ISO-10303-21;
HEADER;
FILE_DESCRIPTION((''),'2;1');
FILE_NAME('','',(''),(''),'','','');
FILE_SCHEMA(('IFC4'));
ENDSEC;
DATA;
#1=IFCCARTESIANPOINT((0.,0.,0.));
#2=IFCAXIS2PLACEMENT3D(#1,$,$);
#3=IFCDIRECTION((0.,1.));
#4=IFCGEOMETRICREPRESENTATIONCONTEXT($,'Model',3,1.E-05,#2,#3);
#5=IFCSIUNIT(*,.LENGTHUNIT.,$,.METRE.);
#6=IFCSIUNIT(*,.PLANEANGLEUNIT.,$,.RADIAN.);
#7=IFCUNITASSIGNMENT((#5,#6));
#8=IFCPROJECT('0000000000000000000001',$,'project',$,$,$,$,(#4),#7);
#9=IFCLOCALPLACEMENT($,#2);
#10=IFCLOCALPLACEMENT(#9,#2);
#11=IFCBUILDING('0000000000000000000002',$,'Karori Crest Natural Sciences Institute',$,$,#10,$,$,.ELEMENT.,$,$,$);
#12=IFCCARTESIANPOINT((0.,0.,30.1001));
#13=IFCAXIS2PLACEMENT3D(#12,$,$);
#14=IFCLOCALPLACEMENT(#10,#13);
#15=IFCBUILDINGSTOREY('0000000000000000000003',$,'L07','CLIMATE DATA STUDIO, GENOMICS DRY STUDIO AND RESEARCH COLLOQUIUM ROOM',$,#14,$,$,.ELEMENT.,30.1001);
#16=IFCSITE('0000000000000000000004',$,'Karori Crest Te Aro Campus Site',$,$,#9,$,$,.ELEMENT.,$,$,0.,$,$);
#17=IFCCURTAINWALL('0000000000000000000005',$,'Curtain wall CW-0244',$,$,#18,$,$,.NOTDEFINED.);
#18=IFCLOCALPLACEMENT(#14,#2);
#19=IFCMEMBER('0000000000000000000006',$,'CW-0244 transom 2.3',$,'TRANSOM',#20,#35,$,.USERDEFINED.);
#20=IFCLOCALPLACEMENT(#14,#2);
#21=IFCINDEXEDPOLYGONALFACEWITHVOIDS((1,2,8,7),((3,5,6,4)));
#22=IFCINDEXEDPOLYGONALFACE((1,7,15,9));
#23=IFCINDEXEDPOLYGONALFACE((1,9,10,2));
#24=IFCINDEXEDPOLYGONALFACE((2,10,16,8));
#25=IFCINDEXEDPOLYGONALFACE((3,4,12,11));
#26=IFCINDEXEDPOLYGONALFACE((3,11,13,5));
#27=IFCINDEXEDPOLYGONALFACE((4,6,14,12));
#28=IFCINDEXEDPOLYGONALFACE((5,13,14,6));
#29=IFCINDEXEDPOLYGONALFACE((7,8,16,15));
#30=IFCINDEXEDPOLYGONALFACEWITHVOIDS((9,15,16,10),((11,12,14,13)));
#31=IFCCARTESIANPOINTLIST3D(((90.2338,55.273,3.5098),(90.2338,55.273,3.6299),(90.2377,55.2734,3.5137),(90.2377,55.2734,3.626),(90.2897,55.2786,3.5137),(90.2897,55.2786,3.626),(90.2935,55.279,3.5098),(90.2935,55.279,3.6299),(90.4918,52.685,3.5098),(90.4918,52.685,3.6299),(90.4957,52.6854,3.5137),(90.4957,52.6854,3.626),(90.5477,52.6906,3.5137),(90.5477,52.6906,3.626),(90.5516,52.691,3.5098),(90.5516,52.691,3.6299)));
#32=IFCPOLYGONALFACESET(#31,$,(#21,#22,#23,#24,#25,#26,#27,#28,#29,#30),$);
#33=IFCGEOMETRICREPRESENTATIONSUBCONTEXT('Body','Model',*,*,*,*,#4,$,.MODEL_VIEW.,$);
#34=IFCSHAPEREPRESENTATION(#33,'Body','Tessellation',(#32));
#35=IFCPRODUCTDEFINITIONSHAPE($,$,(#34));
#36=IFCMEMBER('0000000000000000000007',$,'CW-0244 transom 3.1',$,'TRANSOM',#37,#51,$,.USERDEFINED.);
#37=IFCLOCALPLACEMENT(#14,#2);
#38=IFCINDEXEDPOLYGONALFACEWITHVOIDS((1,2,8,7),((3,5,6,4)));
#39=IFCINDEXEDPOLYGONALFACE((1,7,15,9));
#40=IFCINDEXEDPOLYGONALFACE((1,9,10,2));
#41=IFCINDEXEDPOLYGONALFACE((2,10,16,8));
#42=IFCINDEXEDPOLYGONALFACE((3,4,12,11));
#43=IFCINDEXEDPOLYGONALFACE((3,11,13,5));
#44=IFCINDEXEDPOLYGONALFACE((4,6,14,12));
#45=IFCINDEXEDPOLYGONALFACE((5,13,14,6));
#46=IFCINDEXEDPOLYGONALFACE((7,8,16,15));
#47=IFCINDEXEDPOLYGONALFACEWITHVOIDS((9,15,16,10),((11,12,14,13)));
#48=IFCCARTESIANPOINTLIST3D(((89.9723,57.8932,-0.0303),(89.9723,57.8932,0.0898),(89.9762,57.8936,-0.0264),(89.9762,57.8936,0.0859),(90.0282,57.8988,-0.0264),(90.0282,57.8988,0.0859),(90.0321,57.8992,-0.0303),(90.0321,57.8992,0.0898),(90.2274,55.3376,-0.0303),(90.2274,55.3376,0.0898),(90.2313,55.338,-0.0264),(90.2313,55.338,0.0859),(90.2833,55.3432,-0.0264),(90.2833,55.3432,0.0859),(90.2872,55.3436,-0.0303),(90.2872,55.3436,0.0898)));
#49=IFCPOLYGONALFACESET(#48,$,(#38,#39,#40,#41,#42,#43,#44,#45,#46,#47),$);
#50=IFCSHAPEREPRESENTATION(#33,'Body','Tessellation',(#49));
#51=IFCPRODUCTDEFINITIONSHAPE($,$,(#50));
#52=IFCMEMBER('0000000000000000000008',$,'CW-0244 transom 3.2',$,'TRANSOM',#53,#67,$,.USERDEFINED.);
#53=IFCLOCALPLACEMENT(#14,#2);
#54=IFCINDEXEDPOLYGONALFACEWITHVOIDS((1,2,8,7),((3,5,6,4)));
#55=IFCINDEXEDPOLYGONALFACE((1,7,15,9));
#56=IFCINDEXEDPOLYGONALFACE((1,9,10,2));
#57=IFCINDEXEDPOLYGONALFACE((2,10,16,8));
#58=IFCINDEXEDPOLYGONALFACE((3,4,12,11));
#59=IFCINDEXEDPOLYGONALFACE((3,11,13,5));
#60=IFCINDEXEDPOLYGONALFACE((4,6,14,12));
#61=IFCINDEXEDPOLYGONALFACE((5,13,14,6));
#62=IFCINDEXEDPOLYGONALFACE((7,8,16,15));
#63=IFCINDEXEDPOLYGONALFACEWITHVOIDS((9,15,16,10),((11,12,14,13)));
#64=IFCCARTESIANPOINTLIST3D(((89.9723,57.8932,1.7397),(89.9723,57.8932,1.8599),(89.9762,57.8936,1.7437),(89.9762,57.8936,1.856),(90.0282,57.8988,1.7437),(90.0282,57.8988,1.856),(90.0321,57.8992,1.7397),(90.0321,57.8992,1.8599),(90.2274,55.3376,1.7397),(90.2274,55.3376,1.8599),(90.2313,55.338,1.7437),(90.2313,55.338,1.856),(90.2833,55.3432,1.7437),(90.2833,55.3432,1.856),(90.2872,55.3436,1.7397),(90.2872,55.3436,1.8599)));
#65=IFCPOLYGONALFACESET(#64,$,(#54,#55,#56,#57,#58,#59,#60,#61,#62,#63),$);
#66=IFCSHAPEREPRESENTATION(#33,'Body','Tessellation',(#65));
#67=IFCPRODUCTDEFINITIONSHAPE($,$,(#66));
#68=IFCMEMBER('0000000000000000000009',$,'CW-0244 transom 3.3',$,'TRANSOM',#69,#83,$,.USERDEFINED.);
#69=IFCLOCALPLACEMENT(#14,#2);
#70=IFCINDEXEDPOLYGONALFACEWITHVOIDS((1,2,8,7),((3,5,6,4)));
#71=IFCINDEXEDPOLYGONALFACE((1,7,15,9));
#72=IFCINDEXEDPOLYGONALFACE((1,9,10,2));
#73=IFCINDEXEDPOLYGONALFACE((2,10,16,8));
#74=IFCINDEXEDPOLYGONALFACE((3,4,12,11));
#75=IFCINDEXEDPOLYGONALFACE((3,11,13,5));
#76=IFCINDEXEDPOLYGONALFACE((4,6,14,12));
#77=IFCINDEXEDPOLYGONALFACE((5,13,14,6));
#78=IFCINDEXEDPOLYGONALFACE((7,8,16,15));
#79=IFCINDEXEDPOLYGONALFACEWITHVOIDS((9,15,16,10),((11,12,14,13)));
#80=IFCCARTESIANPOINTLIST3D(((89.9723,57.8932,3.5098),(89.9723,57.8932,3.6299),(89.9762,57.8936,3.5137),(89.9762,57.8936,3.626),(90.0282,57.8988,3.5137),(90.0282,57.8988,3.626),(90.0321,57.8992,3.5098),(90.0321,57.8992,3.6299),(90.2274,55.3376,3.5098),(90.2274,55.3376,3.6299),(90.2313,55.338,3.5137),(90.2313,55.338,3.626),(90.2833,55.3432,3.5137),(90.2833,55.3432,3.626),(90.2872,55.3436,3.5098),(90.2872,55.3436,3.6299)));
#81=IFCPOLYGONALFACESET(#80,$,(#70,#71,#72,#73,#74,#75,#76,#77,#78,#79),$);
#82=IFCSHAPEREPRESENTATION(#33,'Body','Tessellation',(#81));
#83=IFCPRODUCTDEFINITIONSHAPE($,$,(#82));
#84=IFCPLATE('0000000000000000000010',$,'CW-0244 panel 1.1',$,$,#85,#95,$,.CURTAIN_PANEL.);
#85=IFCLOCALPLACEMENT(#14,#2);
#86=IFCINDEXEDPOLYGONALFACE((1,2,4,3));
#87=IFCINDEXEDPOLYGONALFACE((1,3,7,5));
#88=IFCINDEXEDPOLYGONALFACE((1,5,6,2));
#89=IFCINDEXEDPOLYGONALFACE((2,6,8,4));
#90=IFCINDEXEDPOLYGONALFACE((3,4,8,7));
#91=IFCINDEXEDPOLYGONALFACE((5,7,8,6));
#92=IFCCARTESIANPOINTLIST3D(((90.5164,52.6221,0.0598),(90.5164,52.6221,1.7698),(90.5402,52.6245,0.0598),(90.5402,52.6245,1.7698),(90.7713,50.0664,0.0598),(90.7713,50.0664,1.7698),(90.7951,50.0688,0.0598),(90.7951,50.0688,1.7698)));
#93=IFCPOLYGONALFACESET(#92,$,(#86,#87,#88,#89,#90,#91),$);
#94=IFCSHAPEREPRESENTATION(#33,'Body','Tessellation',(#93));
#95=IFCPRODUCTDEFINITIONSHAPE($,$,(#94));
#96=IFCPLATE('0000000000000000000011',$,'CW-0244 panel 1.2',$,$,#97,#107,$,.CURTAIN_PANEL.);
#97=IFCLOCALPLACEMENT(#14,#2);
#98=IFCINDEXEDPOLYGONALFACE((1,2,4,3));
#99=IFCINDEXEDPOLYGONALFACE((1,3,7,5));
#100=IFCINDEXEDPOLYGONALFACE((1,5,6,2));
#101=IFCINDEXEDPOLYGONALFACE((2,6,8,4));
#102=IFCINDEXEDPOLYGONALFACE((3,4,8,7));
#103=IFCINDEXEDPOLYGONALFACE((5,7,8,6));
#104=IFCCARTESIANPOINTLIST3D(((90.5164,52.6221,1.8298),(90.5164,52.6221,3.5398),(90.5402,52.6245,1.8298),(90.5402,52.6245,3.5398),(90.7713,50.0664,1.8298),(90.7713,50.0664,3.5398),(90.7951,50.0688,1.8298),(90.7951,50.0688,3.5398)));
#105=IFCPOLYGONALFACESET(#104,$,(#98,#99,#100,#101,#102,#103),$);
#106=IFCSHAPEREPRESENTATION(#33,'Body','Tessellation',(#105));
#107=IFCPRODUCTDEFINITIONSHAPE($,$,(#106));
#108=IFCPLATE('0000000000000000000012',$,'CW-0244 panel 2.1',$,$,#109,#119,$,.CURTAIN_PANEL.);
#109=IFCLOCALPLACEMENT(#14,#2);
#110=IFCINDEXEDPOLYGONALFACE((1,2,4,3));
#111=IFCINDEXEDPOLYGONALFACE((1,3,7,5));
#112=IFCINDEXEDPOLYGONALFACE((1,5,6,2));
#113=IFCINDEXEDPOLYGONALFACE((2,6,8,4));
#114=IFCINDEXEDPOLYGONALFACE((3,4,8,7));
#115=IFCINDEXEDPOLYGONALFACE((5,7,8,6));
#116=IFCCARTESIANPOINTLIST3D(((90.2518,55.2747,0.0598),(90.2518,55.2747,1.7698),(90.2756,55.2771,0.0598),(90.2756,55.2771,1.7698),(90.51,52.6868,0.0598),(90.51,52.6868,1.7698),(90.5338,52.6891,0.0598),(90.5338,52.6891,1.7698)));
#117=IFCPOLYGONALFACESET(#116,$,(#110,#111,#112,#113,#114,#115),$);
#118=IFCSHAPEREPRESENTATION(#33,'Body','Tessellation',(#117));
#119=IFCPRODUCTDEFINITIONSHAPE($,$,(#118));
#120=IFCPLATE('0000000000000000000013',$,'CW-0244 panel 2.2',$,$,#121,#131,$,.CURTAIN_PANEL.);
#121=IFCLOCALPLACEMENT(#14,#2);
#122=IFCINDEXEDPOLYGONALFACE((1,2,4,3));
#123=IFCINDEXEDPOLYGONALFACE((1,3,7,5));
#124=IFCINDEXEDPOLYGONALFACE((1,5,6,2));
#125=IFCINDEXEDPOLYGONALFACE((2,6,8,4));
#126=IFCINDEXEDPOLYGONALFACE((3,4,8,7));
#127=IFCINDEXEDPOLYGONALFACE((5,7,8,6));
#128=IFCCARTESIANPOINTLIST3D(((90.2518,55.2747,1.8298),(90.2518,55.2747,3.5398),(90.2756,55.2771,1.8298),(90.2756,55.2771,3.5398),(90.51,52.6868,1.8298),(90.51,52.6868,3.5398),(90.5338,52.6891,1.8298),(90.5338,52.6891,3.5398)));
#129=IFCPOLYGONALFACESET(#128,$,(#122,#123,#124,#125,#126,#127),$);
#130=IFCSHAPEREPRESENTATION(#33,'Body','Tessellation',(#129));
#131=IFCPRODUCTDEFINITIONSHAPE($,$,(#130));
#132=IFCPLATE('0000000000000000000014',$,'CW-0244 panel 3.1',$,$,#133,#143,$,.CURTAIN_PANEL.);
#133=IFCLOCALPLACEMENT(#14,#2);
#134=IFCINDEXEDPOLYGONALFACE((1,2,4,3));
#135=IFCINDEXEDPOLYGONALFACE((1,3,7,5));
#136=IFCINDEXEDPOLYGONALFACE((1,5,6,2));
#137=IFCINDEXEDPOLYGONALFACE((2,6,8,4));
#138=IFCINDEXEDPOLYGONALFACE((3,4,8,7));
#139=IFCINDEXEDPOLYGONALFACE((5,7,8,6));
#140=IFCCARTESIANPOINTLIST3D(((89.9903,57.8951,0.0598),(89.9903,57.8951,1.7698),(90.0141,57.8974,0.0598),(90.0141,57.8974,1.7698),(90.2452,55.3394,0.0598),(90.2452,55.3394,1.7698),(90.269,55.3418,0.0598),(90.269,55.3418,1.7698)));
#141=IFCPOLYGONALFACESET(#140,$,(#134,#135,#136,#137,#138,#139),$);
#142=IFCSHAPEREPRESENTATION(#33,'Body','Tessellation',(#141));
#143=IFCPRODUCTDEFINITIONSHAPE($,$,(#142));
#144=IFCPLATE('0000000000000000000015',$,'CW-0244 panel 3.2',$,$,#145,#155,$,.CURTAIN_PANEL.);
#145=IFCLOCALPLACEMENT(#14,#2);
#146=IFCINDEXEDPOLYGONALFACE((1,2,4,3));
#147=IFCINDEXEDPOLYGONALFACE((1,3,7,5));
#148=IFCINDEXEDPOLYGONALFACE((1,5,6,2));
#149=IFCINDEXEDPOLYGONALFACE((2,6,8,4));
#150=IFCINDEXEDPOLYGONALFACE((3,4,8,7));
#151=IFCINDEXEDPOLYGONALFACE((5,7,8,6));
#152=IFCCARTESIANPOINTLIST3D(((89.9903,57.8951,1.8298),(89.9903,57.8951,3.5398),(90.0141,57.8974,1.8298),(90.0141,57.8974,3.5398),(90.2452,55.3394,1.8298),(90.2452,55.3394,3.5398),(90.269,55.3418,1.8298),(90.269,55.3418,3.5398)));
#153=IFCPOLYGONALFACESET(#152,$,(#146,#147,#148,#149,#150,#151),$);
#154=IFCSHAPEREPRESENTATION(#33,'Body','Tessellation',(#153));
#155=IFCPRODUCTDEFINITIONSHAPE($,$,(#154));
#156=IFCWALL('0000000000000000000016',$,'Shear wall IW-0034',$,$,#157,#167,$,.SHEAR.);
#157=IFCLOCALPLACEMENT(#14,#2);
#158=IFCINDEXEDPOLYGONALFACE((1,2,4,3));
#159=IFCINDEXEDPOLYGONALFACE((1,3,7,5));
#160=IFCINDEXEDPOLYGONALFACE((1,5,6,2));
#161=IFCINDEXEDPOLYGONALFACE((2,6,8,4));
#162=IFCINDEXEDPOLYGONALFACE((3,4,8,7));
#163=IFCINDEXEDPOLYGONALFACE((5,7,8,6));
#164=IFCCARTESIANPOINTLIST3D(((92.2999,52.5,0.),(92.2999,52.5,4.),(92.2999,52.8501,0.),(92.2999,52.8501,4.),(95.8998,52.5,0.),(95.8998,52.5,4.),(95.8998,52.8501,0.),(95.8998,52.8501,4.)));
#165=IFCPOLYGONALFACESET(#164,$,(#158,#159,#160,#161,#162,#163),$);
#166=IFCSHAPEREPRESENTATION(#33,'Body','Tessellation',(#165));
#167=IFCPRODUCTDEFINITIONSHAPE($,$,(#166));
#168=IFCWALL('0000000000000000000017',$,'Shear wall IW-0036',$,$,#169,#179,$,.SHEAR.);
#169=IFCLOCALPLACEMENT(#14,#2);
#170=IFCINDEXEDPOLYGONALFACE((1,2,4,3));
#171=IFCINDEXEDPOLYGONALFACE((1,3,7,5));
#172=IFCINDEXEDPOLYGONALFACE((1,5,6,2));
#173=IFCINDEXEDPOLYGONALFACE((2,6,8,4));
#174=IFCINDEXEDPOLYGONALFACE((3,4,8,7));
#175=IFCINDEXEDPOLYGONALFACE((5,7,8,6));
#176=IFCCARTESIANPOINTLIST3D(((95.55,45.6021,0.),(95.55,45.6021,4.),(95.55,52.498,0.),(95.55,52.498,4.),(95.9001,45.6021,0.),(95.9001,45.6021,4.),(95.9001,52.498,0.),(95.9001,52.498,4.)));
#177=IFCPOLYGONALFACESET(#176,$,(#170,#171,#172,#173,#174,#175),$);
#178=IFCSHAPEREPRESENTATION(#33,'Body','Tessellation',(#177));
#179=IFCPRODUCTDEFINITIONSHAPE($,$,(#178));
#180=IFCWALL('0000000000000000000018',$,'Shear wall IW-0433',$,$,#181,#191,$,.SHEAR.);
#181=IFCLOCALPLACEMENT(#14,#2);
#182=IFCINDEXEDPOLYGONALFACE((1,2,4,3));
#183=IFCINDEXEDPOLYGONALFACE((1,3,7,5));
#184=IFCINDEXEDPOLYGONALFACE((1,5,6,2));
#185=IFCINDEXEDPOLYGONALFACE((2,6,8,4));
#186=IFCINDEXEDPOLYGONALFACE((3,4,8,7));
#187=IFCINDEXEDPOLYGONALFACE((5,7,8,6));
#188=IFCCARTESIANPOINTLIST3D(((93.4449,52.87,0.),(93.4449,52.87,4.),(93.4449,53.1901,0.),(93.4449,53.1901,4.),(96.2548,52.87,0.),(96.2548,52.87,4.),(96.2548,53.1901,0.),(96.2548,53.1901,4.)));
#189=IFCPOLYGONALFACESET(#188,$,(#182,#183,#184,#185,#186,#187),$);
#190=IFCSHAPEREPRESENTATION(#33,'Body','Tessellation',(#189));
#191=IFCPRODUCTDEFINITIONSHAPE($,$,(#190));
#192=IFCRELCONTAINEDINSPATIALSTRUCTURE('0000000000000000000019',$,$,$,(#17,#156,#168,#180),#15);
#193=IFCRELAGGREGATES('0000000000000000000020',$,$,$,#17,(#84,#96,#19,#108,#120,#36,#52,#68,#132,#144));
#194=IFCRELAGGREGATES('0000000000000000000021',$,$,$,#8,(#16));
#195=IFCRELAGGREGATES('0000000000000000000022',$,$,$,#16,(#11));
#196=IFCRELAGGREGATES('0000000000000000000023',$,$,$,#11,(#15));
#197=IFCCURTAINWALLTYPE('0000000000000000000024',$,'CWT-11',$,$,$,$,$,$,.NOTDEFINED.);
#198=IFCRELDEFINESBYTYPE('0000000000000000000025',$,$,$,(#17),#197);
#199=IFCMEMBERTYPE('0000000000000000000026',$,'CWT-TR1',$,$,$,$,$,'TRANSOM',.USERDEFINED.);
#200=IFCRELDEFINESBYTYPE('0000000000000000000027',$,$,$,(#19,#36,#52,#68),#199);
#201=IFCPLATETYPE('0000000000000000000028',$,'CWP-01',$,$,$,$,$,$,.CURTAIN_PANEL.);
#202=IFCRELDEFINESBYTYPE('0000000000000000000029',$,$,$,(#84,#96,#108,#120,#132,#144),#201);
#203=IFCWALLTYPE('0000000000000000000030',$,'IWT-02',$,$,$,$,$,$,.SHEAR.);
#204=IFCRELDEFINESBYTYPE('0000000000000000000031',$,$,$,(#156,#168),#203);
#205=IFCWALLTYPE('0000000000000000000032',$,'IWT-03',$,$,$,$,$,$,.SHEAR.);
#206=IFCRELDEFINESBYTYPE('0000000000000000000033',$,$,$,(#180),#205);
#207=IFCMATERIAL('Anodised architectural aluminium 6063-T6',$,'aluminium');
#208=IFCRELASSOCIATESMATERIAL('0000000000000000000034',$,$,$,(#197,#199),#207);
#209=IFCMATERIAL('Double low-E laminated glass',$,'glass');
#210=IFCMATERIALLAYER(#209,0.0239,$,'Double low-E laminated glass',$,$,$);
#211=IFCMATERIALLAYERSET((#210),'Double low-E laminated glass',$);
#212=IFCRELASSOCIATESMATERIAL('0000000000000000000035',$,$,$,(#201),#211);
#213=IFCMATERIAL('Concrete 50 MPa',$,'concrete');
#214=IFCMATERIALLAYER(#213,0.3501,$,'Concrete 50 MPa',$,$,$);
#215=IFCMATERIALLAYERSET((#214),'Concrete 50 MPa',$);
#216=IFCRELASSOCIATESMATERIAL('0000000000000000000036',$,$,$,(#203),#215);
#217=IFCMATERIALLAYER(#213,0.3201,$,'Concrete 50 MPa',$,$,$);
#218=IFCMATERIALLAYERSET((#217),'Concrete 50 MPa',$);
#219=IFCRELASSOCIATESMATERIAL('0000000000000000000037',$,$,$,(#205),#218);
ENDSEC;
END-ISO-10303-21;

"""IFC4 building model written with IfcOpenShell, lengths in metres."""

from ifc_helpers import new_model, si_unit, direction, frame, frame_2d, origin, origin_2d, place, context, subcontext, project, spatial, rectangle, hollow_rectangle, extrude, material, layer, layer_set, material_profile, profile_set, type_object, element, aggregate, save


model = new_model("IFC4")

# Units and contexts
model_context = context("Model", 3, precision=1e-05, world=origin(), true_north=direction((0.0, 1.0)))
body_context = subcontext(model_context, "Body", "Model", "MODEL_VIEW")
ifc_project = project(units=[si_unit("LENGTHUNIT", "METRE"), si_unit("PLANEANGLEUNIT", "RADIAN")], contexts=[model_context])

# Site, building, storey
site_placement = place(None, origin())
site = spatial("IfcSite", under=ifc_project, at=site_placement, Name="Karori Crest Te Aro Campus Site", CompositionType="ELEMENT", RefElevation=0.0)
building_placement = place(site_placement, origin())
building = spatial("IfcBuilding", under=site, at=building_placement, Name="Karori Crest Natural Sciences Institute", CompositionType="ELEMENT")
storey_placement = place(building_placement, frame((0.0, 0.0, 30.1001)))
storey = spatial("IfcBuildingStorey", under=building, at=storey_placement, Name="L07", Description="CLIMATE DATA STUDIO, GENOMICS DRY STUDIO AND RESEARCH COLLOQUIUM ROOM", CompositionType="ELEMENT", Elevation=30.1001)

# Curtain wall, members, plates
ifc_material_1 = material(Name="Anodised architectural aluminium 6063-T6", Category="aluminium")
curtain_wall_type = type_object("IfcCurtainWallType", Name="CWT-11", PredefinedType="NOTDEFINED", material=ifc_material_1)
curtain_wall_placement = place(storey_placement, origin())
curtain_wall = element("IfcCurtainWall", 1, at=curtain_wall_placement, inside=storey, type_object=curtain_wall_type, Name="Curtain wall CW-0244", PredefinedType="NOTDEFINED")
ifc_material_profile_1 = material_profile(ifc_material_1, hollow_rectangle(XDim=0.0601, YDim=0.1201, WallThickness=0.0039, at=origin_2d()), Name="CWT120x60x4")
ifc_profile_set_1 = profile_set([ifc_material_profile_1], Name="Anodised architectural aluminium 6063-T6")
member_type_1 = type_object("IfcMemberType", Name="CWT-TR1", ElementType="TRANSOM", PredefinedType="USERDEFINED", material=ifc_profile_set_1)
member_1_placement = place(storey_placement, frame((90.5217, 52.688, 3.5698), z_axis=(-0.099225, 0.995065, 0.0), x_axis=(-0.995065, -0.099225, 0.0)))
member_1 = element("IfcMember", 2, at=member_1_placement, type_object=member_type_1, Name="CW-0244 transom 2.3", ObjectType="TRANSOM", PredefinedType="USERDEFINED", context=body_context, shape_type="SweptSolid", body=[
    extrude(hollow_rectangle(XDim=0.0601, YDim=0.1201, WallThickness=0.0039, at=origin_2d()), origin(), (0.0, 0.0, 1.0), 2.6008),
])
member_2_placement = place(storey_placement, frame((90.2573, 55.3406, 0.0298), z_axis=(-0.099334, 0.995054, 0.0), x_axis=(-0.995054, -0.099334, 0.0)))
member_2 = element("IfcMember", 3, at=member_2_placement, type_object=member_type_1, Name="CW-0244 transom 3.1", ObjectType="TRANSOM", PredefinedType="USERDEFINED", context=body_context, shape_type="SweptSolid", body=[
    extrude(hollow_rectangle(XDim=0.0601, YDim=0.1201, WallThickness=0.0039, at=origin_2d()), origin(), (0.0, 0.0, 1.0), 2.5684),
])
member_3_placement = place(storey_placement, frame((90.2573, 55.3406, 1.7998), z_axis=(-0.099334, 0.995054, 0.0), x_axis=(-0.995054, -0.099334, 0.0)))
member_3 = element("IfcMember", 4, at=member_3_placement, type_object=member_type_1, Name="CW-0244 transom 3.2", ObjectType="TRANSOM", PredefinedType="USERDEFINED", context=body_context, shape_type="SweptSolid", body=[
    extrude(hollow_rectangle(XDim=0.0601, YDim=0.1201, WallThickness=0.0039, at=origin_2d()), origin(), (0.0, 0.0, 1.0), 2.5684),
])
member_4_placement = place(storey_placement, frame((90.2573, 55.3406, 3.5698), z_axis=(-0.099334, 0.995054, 0.0), x_axis=(-0.995054, -0.099334, 0.0)))
member_4 = element("IfcMember", 5, at=member_4_placement, type_object=member_type_1, Name="CW-0244 transom 3.3", ObjectType="TRANSOM", PredefinedType="USERDEFINED", context=body_context, shape_type="SweptSolid", body=[
    extrude(hollow_rectangle(XDim=0.0601, YDim=0.1201, WallThickness=0.0039, at=origin_2d()), origin(), (0.0, 0.0, 1.0), 2.5684),
])
ifc_material_2 = material(Name="Double low-E laminated glass", Category="glass")
ifc_layer_1 = layer(ifc_material_2, 0.0239, Name="Double low-E laminated glass")
ifc_layer_set_1 = layer_set([ifc_layer_1], Name="Double low-E laminated glass")
plate_type = type_object("IfcPlateType", Name="CWP-01", PredefinedType="CURTAIN_PANEL", material=ifc_layer_set_1)
plate_1_placement = place(storey_placement, frame((90.6558, 51.3455, 0.0598), z_axis=(0.0, 0.0, 1.0), x_axis=(-0.099268, 0.995061, 0.0)))
plate_1 = element("IfcPlate", 6, at=plate_1_placement, type_object=plate_type, Name="CW-0244 panel 1.1", PredefinedType="CURTAIN_PANEL", context=body_context, shape_type="SweptSolid", body=[
    extrude(rectangle(XDim=2.5684, YDim=0.0239, at=origin_2d()), origin(), (0.0, 0.0, 1.0), 1.71),
])
plate_2_placement = place(storey_placement, frame((90.6558, 51.3455, 1.8298), z_axis=(0.0, 0.0, 1.0), x_axis=(-0.099268, 0.995061, 0.0)))
plate_2 = element("IfcPlate", 7, at=plate_2_placement, type_object=plate_type, Name="CW-0244 panel 1.2", PredefinedType="CURTAIN_PANEL", context=body_context, shape_type="SweptSolid", body=[
    extrude(rectangle(XDim=2.5684, YDim=0.0239, at=origin_2d()), origin(), (0.0, 0.0, 1.0), 1.71),
])
plate_3_placement = place(storey_placement, frame((90.3928, 53.9819, 0.0598), z_axis=(0.0, 0.0, 1.0), x_axis=(-0.099268, 0.995061, 0.0)))
plate_3 = element("IfcPlate", 8, at=plate_3_placement, type_object=plate_type, Name="CW-0244 panel 2.1", PredefinedType="CURTAIN_PANEL", context=body_context, shape_type="SweptSolid", body=[
    extrude(rectangle(XDim=2.6008, YDim=0.0239, at=origin_2d()), origin(), (0.0, 0.0, 1.0), 1.71),
])
plate_4_placement = place(storey_placement, frame((90.3928, 53.9819, 1.8298), z_axis=(0.0, 0.0, 1.0), x_axis=(-0.099268, 0.995061, 0.0)))
plate_4 = element("IfcPlate", 9, at=plate_4_placement, type_object=plate_type, Name="CW-0244 panel 2.2", PredefinedType="CURTAIN_PANEL", context=body_context, shape_type="SweptSolid", body=[
    extrude(rectangle(XDim=2.6008, YDim=0.0239, at=origin_2d()), origin(), (0.0, 0.0, 1.0), 1.71),
])
plate_5_placement = place(storey_placement, frame((90.1296, 56.6184, 0.0598), z_axis=(0.0, 0.0, 1.0), x_axis=(-0.099268, 0.995061, 0.0)))
plate_5 = element("IfcPlate", 10, at=plate_5_placement, type_object=plate_type, Name="CW-0244 panel 3.1", PredefinedType="CURTAIN_PANEL", context=body_context, shape_type="SweptSolid", body=[
    extrude(rectangle(XDim=2.5684, YDim=0.0239, at=origin_2d()), origin(), (0.0, 0.0, 1.0), 1.71),
])
plate_6_placement = place(storey_placement, frame((90.1296, 56.6184, 1.8298), z_axis=(0.0, 0.0, 1.0), x_axis=(-0.099268, 0.995061, 0.0)))
plate_6 = element("IfcPlate", 11, at=plate_6_placement, type_object=plate_type, Name="CW-0244 panel 3.2", PredefinedType="CURTAIN_PANEL", context=body_context, shape_type="SweptSolid", body=[
    extrude(rectangle(XDim=2.5684, YDim=0.0239, at=origin_2d()), origin(), (0.0, 0.0, 1.0), 1.71),
])
aggregate(curtain_wall, [plate_1, plate_2, member_1, plate_3, plate_4, member_2, member_3, member_4, plate_5, plate_6])

# Wall
ifc_material_3 = material(Name="Concrete 50 MPa", Category="concrete")
ifc_layer_2 = layer(ifc_material_3, 0.3501, Name="Concrete 50 MPa")
ifc_layer_set_2 = layer_set([ifc_layer_2], Name="Concrete 50 MPa")
wall_type_1 = type_object("IfcWallType", Name="IWT-02", PredefinedType="SHEAR", material=ifc_layer_set_2)
wall_1_placement = place(storey_placement, frame((92.3, 52.675, 0.0), z_axis=(0.0, 0.0, 1.0), x_axis=(1.0, 0.0, 0.0)))
element("IfcWall", 12, at=wall_1_placement, inside=storey, type_object=wall_type_1, Name="Shear wall IW-0034", PredefinedType="SHEAR", context=body_context, shape_type="SweptSolid", body=[
    extrude(rectangle(XDim=3.5999, YDim=0.3501, at=frame_2d((1.7998, 0.0))), origin(), (0.0, 0.0, 1.0), 4.0),
])

# Walls
wall_2_placement = place(storey_placement, frame((95.7251, 45.6021, 0.0), z_axis=(0.0, 0.0, 1.0), x_axis=(0.0, 1.0, 0.0)))
element("IfcWall", 13, at=wall_2_placement, inside=storey, type_object=wall_type_1, Name="Shear wall IW-0036", PredefinedType="SHEAR", context=body_context, shape_type="SweptSolid", body=[
    extrude(rectangle(XDim=6.896, YDim=0.3501, at=frame_2d((3.448, 0.0))), origin(), (0.0, 0.0, 1.0), 4.0),
])
ifc_layer_3 = layer(ifc_material_3, 0.3201, Name="Concrete 50 MPa")
ifc_layer_set_3 = layer_set([ifc_layer_3], Name="Concrete 50 MPa")
wall_type_2 = type_object("IfcWallType", Name="IWT-03", PredefinedType="SHEAR", material=ifc_layer_set_3)
for number, where, z_axis, x_axis, name in (
    (14, (93.4451, 53.03, 0.0), (0.0, 0.0, 1.0), (1.0, 0.0, 0.0), "Shear wall IW-0433"),
):
    element("IfcWall", number, at=place(storey_placement, frame(where, z_axis=z_axis, x_axis=x_axis)), inside=storey, type_object=wall_type_2, Name=name, PredefinedType="SHEAR", context=body_context, shape_type="SweptSolid", body=[
        extrude(rectangle(XDim=2.8098, YDim=0.3201, at=frame_2d((1.4048, 0.0))), origin(), (0.0, 0.0, 1.0), 4.0),
    ])

save(model, "model.ifc")
